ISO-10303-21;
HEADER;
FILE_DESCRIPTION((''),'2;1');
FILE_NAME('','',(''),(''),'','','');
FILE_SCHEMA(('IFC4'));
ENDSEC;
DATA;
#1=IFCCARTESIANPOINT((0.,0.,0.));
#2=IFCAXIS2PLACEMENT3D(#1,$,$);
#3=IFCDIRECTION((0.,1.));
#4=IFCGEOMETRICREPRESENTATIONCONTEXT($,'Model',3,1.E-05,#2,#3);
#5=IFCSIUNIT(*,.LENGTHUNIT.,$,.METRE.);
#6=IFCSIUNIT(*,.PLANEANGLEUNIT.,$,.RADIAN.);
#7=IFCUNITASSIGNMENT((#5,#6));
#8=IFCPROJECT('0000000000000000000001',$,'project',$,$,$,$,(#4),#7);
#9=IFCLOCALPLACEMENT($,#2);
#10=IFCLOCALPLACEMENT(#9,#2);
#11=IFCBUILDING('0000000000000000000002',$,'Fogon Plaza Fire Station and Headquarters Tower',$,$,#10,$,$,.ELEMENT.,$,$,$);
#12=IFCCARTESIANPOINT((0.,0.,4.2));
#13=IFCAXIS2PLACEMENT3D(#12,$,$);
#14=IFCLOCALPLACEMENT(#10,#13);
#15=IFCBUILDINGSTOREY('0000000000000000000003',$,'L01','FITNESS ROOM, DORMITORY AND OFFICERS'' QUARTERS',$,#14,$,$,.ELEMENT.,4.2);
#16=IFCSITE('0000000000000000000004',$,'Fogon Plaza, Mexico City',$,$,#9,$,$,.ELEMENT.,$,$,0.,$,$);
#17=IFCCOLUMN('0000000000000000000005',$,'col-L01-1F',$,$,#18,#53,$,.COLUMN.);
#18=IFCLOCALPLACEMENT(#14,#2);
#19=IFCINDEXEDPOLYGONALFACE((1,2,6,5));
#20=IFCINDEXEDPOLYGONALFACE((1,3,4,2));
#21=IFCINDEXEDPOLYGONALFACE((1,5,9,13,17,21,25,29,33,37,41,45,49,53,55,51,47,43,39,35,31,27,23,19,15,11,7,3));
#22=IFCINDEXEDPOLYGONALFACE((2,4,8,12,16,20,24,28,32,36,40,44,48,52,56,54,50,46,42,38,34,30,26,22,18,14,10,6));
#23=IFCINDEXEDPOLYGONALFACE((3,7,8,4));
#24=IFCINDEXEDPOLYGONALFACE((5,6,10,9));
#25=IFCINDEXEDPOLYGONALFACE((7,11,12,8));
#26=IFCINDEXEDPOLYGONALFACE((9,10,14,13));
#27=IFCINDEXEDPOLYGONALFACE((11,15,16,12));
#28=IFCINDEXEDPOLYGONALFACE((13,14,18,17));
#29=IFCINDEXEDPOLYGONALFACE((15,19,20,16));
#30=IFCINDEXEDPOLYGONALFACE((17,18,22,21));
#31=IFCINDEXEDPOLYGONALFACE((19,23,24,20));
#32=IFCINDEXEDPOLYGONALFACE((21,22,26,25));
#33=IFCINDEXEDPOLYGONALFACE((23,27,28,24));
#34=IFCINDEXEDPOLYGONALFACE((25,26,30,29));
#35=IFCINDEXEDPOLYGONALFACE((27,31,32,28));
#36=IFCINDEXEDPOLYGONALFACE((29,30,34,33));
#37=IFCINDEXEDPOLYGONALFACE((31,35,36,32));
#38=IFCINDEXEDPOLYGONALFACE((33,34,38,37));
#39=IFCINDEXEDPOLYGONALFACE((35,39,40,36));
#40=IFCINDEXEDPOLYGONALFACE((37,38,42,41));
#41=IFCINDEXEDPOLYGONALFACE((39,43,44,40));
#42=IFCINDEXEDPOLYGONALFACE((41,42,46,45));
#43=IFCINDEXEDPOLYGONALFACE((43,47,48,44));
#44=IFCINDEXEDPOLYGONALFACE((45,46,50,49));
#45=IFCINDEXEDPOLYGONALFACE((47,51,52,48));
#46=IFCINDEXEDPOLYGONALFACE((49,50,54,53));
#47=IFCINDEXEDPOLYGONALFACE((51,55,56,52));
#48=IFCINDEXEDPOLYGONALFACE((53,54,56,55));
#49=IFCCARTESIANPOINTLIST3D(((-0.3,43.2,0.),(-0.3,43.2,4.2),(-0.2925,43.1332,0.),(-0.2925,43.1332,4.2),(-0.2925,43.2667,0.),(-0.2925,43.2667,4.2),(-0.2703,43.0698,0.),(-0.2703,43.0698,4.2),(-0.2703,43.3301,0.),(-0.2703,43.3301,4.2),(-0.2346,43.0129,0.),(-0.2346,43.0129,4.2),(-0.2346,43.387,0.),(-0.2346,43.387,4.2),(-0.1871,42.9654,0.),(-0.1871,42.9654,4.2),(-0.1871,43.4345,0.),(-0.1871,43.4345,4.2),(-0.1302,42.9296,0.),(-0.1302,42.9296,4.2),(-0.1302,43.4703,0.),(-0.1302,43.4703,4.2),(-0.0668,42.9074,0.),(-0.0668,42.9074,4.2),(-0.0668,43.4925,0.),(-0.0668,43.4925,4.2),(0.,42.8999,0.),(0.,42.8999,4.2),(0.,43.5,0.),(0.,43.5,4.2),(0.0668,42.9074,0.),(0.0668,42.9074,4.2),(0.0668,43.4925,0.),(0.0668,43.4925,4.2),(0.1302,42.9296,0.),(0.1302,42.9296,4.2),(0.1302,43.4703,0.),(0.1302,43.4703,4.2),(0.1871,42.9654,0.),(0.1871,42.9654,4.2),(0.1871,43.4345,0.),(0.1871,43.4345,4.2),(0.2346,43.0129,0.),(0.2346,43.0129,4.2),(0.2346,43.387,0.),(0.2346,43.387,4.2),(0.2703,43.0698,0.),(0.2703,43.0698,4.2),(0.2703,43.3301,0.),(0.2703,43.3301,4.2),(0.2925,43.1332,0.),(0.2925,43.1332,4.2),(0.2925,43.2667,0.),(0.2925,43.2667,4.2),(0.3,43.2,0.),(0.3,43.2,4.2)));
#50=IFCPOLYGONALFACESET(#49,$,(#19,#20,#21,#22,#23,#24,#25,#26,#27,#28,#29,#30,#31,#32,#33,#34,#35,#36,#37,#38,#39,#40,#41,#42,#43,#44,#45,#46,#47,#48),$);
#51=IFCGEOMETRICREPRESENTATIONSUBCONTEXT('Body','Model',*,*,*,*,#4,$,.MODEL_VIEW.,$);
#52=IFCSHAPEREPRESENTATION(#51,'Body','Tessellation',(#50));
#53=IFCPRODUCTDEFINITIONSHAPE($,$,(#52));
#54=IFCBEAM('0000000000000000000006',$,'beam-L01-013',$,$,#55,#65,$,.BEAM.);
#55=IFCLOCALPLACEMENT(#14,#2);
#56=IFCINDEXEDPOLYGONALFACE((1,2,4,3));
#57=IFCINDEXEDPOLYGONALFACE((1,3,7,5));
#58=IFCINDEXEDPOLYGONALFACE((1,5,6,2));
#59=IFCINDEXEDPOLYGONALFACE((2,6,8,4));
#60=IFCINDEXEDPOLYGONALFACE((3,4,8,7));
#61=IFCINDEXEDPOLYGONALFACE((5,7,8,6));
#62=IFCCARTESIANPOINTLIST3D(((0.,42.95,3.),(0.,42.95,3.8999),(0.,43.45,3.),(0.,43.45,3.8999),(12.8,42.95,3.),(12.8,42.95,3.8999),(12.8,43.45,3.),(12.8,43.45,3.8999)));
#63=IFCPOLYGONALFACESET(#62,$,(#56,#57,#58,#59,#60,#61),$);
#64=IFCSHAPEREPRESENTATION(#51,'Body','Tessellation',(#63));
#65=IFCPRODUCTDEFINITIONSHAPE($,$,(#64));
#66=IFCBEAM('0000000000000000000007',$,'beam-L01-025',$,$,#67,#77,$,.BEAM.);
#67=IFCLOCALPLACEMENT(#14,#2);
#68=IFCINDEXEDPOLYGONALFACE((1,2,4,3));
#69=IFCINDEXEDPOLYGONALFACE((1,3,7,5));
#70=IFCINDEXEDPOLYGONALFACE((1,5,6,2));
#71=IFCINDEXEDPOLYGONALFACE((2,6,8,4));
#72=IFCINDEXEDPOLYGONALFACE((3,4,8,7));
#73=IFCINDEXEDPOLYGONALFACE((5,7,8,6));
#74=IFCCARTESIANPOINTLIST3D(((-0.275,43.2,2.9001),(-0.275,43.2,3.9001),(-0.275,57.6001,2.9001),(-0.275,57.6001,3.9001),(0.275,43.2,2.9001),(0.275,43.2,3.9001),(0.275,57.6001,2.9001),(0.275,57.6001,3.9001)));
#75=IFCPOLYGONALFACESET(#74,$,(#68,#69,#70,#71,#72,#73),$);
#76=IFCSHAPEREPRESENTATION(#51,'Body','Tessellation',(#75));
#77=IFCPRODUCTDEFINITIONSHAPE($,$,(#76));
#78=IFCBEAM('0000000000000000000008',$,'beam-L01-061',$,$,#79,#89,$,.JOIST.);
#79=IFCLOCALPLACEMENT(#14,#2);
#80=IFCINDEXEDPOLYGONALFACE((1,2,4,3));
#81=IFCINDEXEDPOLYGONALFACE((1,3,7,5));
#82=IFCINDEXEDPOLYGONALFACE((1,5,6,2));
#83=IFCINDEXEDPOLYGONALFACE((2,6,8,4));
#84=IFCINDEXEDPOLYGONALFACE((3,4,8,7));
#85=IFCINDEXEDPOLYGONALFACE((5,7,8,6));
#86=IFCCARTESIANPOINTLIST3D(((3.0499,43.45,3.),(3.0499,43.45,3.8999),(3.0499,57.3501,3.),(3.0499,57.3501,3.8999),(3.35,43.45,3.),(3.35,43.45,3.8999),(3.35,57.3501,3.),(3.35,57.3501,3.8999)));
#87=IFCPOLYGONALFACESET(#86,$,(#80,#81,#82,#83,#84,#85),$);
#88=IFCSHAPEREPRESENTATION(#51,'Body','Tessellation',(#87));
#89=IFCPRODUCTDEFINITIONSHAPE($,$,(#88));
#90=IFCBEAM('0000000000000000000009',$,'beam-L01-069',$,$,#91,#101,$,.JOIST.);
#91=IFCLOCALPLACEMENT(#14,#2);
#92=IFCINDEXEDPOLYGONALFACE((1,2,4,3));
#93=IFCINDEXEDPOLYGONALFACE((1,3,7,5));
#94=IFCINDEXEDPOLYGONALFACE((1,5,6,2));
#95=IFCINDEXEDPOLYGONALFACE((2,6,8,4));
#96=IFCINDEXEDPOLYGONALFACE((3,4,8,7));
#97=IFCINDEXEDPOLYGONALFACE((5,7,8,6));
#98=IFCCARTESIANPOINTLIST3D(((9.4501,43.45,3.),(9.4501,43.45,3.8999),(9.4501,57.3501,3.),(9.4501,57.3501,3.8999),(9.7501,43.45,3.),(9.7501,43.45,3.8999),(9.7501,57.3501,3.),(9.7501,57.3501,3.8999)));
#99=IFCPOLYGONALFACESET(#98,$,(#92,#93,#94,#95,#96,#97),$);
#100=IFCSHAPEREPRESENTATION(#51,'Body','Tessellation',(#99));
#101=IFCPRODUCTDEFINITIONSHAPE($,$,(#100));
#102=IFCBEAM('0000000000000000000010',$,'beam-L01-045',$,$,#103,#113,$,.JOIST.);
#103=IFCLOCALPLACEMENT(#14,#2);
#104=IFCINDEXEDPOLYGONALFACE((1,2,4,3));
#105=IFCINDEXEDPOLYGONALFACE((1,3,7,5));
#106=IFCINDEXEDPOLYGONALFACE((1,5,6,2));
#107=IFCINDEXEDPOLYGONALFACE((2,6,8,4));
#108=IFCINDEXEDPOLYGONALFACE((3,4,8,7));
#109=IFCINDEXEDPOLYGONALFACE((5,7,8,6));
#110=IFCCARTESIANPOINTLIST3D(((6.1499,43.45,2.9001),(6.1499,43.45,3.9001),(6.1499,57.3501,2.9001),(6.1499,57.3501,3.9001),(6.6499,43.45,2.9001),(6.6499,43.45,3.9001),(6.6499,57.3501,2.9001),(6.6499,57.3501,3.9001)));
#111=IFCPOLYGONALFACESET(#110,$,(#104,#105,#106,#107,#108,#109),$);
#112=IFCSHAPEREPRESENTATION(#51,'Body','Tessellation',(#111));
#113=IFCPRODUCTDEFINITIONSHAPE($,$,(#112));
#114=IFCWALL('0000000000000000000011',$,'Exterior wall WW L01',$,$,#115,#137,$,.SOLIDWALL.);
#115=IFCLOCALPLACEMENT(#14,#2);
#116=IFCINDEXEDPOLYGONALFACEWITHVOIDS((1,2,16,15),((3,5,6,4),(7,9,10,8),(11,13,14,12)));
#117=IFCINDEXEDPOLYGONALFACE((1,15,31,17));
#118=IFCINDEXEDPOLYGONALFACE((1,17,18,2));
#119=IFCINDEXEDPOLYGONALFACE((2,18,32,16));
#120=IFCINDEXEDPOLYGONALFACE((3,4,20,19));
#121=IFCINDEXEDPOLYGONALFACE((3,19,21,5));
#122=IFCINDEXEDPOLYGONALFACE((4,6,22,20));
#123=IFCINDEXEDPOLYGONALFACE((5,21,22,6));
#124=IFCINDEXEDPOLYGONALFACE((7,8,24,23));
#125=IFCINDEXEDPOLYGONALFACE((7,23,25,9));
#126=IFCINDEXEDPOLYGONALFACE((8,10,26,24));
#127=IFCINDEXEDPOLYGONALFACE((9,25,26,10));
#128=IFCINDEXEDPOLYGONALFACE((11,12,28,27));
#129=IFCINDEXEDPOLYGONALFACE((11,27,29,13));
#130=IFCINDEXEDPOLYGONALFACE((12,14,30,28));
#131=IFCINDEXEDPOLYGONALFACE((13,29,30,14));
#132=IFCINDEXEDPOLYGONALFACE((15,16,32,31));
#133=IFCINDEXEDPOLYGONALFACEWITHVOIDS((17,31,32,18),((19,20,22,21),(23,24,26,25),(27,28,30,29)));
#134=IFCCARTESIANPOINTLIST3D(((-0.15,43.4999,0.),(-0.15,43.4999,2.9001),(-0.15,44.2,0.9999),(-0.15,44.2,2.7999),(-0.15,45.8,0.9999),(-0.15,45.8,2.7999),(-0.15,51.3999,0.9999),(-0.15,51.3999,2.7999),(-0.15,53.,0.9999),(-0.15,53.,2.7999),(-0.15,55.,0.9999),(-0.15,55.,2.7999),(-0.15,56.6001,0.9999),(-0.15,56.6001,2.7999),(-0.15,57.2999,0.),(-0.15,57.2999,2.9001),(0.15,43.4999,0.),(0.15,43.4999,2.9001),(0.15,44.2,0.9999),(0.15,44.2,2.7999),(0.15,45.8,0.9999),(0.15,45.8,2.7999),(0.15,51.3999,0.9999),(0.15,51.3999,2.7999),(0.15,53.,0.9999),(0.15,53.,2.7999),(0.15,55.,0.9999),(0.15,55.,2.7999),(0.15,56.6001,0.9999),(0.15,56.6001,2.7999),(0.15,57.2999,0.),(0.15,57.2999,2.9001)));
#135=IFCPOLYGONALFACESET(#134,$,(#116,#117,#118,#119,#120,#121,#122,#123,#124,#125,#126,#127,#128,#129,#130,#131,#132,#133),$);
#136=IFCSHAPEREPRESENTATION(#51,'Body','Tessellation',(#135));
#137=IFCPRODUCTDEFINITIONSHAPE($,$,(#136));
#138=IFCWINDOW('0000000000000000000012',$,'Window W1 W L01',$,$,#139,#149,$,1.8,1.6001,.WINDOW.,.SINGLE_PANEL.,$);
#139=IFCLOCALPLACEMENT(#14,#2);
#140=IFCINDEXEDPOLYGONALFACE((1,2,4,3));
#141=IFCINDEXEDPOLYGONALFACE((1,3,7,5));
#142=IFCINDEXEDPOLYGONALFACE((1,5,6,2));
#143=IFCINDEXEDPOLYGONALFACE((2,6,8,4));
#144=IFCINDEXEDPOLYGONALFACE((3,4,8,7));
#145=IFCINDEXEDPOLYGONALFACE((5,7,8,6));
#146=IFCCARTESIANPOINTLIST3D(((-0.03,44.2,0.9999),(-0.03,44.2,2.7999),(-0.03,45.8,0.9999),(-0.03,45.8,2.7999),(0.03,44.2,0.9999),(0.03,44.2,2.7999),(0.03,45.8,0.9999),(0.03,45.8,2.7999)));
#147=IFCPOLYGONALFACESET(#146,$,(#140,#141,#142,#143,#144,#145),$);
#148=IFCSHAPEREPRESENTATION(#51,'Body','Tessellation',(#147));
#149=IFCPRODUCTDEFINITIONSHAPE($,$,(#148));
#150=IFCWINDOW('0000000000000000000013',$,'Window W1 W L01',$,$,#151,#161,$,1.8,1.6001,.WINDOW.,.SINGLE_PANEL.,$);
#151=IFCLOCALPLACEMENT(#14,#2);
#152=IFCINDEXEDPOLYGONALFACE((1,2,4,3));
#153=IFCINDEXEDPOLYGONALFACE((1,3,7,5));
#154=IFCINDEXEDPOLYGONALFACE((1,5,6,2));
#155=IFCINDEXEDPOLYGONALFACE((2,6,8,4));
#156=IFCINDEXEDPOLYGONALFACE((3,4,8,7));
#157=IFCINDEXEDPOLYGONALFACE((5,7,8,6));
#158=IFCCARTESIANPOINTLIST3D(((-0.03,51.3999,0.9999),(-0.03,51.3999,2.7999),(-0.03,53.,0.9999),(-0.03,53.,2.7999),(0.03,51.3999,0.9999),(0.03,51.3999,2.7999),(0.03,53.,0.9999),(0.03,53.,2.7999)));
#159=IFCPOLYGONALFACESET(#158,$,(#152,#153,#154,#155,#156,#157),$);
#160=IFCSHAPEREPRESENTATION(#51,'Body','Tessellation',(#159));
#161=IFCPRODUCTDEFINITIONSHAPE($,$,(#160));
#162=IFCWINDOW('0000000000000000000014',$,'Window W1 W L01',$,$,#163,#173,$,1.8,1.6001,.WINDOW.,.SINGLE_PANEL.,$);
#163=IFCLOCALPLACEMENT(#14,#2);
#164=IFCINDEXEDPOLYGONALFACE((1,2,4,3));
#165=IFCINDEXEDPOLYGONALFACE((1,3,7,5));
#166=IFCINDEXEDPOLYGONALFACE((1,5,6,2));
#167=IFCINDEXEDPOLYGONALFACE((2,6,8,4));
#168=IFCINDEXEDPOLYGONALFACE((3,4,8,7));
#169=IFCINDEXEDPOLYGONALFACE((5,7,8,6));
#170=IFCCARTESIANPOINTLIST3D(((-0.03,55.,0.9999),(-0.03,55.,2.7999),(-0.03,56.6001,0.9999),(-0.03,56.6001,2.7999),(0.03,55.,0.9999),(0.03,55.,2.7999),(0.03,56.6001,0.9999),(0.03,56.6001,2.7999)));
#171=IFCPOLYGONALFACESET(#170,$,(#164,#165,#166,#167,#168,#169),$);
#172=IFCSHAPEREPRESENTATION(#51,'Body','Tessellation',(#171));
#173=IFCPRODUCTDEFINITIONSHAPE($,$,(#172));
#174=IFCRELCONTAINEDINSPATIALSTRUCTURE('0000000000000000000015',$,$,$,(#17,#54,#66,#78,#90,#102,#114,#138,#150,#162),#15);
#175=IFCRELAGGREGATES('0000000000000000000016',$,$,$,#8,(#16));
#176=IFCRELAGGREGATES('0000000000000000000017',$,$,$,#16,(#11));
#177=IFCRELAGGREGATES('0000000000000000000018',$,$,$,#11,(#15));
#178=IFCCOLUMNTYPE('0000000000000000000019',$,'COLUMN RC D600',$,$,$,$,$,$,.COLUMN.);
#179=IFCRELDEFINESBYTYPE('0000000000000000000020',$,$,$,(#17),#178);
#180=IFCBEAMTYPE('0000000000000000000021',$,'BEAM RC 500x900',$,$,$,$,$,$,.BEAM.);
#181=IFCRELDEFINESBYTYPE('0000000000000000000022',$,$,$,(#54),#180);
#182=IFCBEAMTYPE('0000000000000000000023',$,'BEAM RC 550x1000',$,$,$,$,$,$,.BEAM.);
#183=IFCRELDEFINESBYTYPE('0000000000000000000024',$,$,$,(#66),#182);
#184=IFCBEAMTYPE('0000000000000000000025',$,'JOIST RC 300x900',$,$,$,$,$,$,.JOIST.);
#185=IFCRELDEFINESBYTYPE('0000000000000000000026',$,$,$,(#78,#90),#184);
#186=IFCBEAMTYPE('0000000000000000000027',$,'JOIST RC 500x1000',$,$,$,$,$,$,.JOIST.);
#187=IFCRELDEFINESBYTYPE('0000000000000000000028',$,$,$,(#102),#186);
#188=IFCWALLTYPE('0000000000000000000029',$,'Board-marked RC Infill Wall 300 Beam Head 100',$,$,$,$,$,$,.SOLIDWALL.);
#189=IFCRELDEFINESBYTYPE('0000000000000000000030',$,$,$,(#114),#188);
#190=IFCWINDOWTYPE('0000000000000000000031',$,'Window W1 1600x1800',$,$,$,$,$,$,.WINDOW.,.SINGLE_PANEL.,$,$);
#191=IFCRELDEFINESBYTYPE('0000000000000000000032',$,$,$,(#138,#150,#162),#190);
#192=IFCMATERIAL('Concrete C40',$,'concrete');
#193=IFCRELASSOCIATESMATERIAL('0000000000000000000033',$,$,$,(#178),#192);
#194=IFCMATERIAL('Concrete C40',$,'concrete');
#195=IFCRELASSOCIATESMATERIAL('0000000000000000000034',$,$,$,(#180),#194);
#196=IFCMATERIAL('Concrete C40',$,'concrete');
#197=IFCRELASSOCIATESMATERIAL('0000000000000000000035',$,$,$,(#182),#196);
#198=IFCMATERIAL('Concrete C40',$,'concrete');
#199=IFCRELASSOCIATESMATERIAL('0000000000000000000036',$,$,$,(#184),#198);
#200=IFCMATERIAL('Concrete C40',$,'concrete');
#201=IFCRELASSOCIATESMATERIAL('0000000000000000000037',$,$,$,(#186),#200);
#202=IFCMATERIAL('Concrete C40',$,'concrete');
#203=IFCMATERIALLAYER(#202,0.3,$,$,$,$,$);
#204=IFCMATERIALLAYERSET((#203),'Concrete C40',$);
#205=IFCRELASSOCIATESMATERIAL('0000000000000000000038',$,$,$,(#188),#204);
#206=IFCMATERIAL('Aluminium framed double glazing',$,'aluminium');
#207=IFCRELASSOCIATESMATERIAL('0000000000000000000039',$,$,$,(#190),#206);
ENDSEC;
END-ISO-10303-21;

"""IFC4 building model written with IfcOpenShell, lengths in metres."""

from ifc_helpers import new_model, si_unit, direction, frame, frame_2d, origin, origin_2d, place, context, subcontext, project, spatial, rectangle, circle, extrude, material, layer, layer_set, material_profile, profile_set, type_object, element, fill, save


model = new_model("IFC4")

# Units and contexts
model_context = context("Model", 3, precision=1e-05, world=origin(), true_north=direction((0.0, 1.0)))
body_context = subcontext(model_context, "Body", "Model", "MODEL_VIEW")
ifc_project = project(units=[si_unit("LENGTHUNIT", "METRE"), si_unit("PLANEANGLEUNIT", "RADIAN")], contexts=[model_context])

# Site, building, storey
site_placement = place(None, origin())
site = spatial("IfcSite", under=ifc_project, at=site_placement, Name="Fogon Plaza, Mexico City", CompositionType="ELEMENT", RefElevation=0.0)
building_placement = place(site_placement, origin())
building = spatial("IfcBuilding", under=site, at=building_placement, Name="Fogon Plaza Fire Station and Headquarters Tower", CompositionType="ELEMENT")
storey_placement = place(building_placement, frame((0.0, 0.0, 4.2)))
storey = spatial("IfcBuildingStorey", under=building, at=storey_placement, Name="L01", Description="FITNESS ROOM, DORMITORY AND OFFICERS' QUARTERS", CompositionType="ELEMENT", Elevation=4.2)

# Column
ifc_material_1 = material(Name="Concrete C40", Category="concrete")
ifc_material_profile_1 = material_profile(ifc_material_1, circle(Radius=0.3, at=origin_2d()), Name="RC D600")
ifc_profile_set_1 = profile_set([ifc_material_profile_1], Name="Concrete C40")
column_type = type_object("IfcColumnType", Name="COLUMN RC D600", PredefinedType="COLUMN", material=ifc_profile_set_1)
column_placement = place(storey_placement, frame((0.0, 43.2, 0.0), z_axis=(0.0, 0.0, 1.0), x_axis=(1.0, 0.0, 0.0)))
element("IfcColumn", 1, at=column_placement, inside=storey, type_object=column_type, Name="col-L01-1F", PredefinedType="COLUMN", context=body_context, shape_type="SweptSolid", body=[
    extrude(circle(Radius=0.3, at=origin_2d()), origin(), (0.0, 0.0, 1.0), 4.2),
])

# Beams
ifc_material_2 = material(Name="Concrete C40", Category="concrete")
ifc_material_profile_2 = material_profile(ifc_material_2, rectangle(XDim=0.5, YDim=0.8999, at=origin_2d()), Name="RC 500x900")
ifc_profile_set_2 = profile_set([ifc_material_profile_2], Name="Concrete C40")
beam_type_1 = type_object("IfcBeamType", Name="BEAM RC 500x900", PredefinedType="BEAM", material=ifc_profile_set_2)
beam_1_placement = place(storey_placement, frame((0.0, 43.2, 3.45), z_axis=(1.0, 0.0, 0.0), x_axis=(0.0, 1.0, 0.0)))
element("IfcBeam", 2, at=beam_1_placement, inside=storey, type_object=beam_type_1, Name="beam-L01-013", PredefinedType="BEAM", context=body_context, shape_type="SweptSolid", body=[
    extrude(rectangle(XDim=0.5, YDim=0.8999, at=origin_2d()), origin(), (0.0, 0.0, 1.0), 12.8),
])
ifc_material_3 = material(Name="Concrete C40", Category="concrete")
ifc_material_profile_3 = material_profile(ifc_material_3, rectangle(XDim=0.55, YDim=1.0, at=origin_2d()), Name="RC 550x1000")
ifc_profile_set_3 = profile_set([ifc_material_profile_3], Name="Concrete C40")
beam_type_2 = type_object("IfcBeamType", Name="BEAM RC 550x1000", PredefinedType="BEAM", material=ifc_profile_set_3)
beam_2_placement = place(storey_placement, frame((0.0, 43.2, 3.4001), z_axis=(0.0, 1.0, 0.0), x_axis=(-1.0, 0.0, 0.0)))
element("IfcBeam", 3, at=beam_2_placement, inside=storey, type_object=beam_type_2, Name="beam-L01-025", PredefinedType="BEAM", context=body_context, shape_type="SweptSolid", body=[
    extrude(rectangle(XDim=0.55, YDim=1.0, at=origin_2d()), origin(), (0.0, 0.0, 1.0), 14.4001),
])
ifc_material_4 = material(Name="Concrete C40", Category="concrete")
ifc_material_profile_4 = material_profile(ifc_material_4, rectangle(XDim=0.3, YDim=0.8999, at=origin_2d()), Name="RC 300x900")
ifc_profile_set_4 = profile_set([ifc_material_profile_4], Name="Concrete C40")
beam_type_3 = type_object("IfcBeamType", Name="JOIST RC 300x900", PredefinedType="JOIST", material=ifc_profile_set_4)
for number, where, z_axis, x_axis, name in (
    (4, (3.2, 43.45, 3.45), (0.0, 1.0, 0.0), (-1.0, 0.0, 0.0), "beam-L01-061"),
    (5, (9.6001, 43.45, 3.45), (0.0, 1.0, 0.0), (-1.0, 0.0, 0.0), "beam-L01-069"),
):
    element("IfcBeam", number, at=place(storey_placement, frame(where, z_axis=z_axis, x_axis=x_axis)), inside=storey, type_object=beam_type_3, Name=name, PredefinedType="JOIST", context=body_context, shape_type="SweptSolid", body=[
        extrude(rectangle(XDim=0.3, YDim=0.8999, at=origin_2d()), origin(), (0.0, 0.0, 1.0), 13.9001),
    ])
ifc_material_5 = material(Name="Concrete C40", Category="concrete")
ifc_material_profile_5 = material_profile(ifc_material_5, rectangle(XDim=0.5, YDim=1.0, at=origin_2d()), Name="RC 500x1000")
ifc_profile_set_5 = profile_set([ifc_material_profile_5], Name="Concrete C40")
beam_type_4 = type_object("IfcBeamType", Name="JOIST RC 500x1000", PredefinedType="JOIST", material=ifc_profile_set_5)
beam_3_placement = place(storey_placement, frame((6.3999, 43.45, 3.4001), z_axis=(0.0, 1.0, 0.0), x_axis=(-1.0, 0.0, 0.0)))
element("IfcBeam", 6, at=beam_3_placement, inside=storey, type_object=beam_type_4, Name="beam-L01-045", PredefinedType="JOIST", context=body_context, shape_type="SweptSolid", body=[
    extrude(rectangle(XDim=0.5, YDim=1.0, at=origin_2d()), origin(), (0.0, 0.0, 1.0), 13.9001),
])

# Wall, openings, windows
ifc_material_6 = material(Name="Concrete C40", Category="concrete")
ifc_layer_1 = layer(ifc_material_6, 0.3)
ifc_layer_set_1 = layer_set([ifc_layer_1], Name="Concrete C40")
wall_type_1 = type_object("IfcWallType", Name="Board-marked RC Infill Wall 300 Beam Head 100", PredefinedType="SOLIDWALL", material=ifc_layer_set_1)
wall_1_placement = place(storey_placement, frame((0.0, 43.5, 0.0), z_axis=(0.0, 0.0, 1.0), x_axis=(0.0, 1.0, 0.0)))
wall_1 = element("IfcWall", 7, at=wall_1_placement, inside=storey, type_object=wall_type_1, Name="Exterior wall WW L01", PredefinedType="SOLIDWALL", context=body_context, shape_type="SweptSolid", body=[
    extrude(rectangle(XDim=13.8, YDim=0.3, at=frame_2d((6.8999, 0.0))), origin(), (0.0, 0.0, 1.0), 2.9001),
])
opening_1_placement = place(wall_1_placement, frame((0.7, 0.0, 1.0)))
opening_1 = element("IfcOpeningElement", 8, at=opening_1_placement, cuts=wall_1, PredefinedType="OPENING", context=body_context, shape_type="SweptSolid", body=[
    extrude(rectangle(XDim=1.6001, YDim=1.8, at=frame_2d((0.8, 0.8999))), frame((0.0, 0.1599, 0.0), z_axis=(0.0, -1.0, 0.0), x_axis=(1.0, 0.0, 0.0)), (0.0, 0.0, 1.0), 0.3201),
])
opening_2_placement = place(wall_1_placement, frame((7.8999, 0.0, 1.0)))
opening_2 = element("IfcOpeningElement", 9, at=opening_2_placement, cuts=wall_1, PredefinedType="OPENING", context=body_context, shape_type="SweptSolid", body=[
    extrude(rectangle(XDim=1.6001, YDim=1.8, at=frame_2d((0.8, 0.8999))), frame((0.0, 0.1599, 0.0), z_axis=(0.0, -1.0, 0.0), x_axis=(1.0, 0.0, 0.0)), (0.0, 0.0, 1.0), 0.3201),
])
opening_3_placement = place(wall_1_placement, frame((11.5, 0.0, 1.0)))
opening_3 = element("IfcOpeningElement", 10, at=opening_3_placement, cuts=wall_1, PredefinedType="OPENING", context=body_context, shape_type="SweptSolid", body=[
    extrude(rectangle(XDim=1.6001, YDim=1.8, at=frame_2d((0.8, 0.8999))), frame((0.0, 0.1599, 0.0), z_axis=(0.0, -1.0, 0.0), x_axis=(1.0, 0.0, 0.0)), (0.0, 0.0, 1.0), 0.3201),
])
ifc_material_7 = material(Name="Aluminium framed double glazing", Category="aluminium")
window_type = type_object("IfcWindowType", Name="Window W1 1600x1800", PartitioningType="SINGLE_PANEL", PredefinedType="WINDOW", material=ifc_material_7)
window_1_placement = place(opening_1_placement, origin())
window_1 = element("IfcWindow", 11, at=window_1_placement, inside=storey, type_object=window_type, Name="Window W1 W L01", OverallHeight=1.8, OverallWidth=1.6001, PartitioningType="SINGLE_PANEL", PredefinedType="WINDOW", context=body_context, shape_type="SweptSolid", body=[
    extrude(rectangle(XDim=1.6001, YDim=1.8, at=frame_2d((0.8, 0.8999))), frame((0.0, 0.03, 0.0), z_axis=(0.0, -1.0, 0.0), x_axis=(1.0, 0.0, 0.0)), (0.0, 0.0, 1.0), 0.0601),
])
fill(opening_1, window_1)
window_2_placement = place(opening_2_placement, origin())
window_2 = element("IfcWindow", 12, at=window_2_placement, inside=storey, type_object=window_type, Name="Window W1 W L01", OverallHeight=1.8, OverallWidth=1.6001, PartitioningType="SINGLE_PANEL", PredefinedType="WINDOW", context=body_context, shape_type="SweptSolid", body=[
    extrude(rectangle(XDim=1.6001, YDim=1.8, at=frame_2d((0.8, 0.8999))), frame((0.0, 0.03, 0.0), z_axis=(0.0, -1.0, 0.0), x_axis=(1.0, 0.0, 0.0)), (0.0, 0.0, 1.0), 0.0601),
])
fill(opening_2, window_2)
window_3_placement = place(opening_3_placement, origin())
window_3 = element("IfcWindow", 13, at=window_3_placement, inside=storey, type_object=window_type, Name="Window W1 W L01", OverallHeight=1.8, OverallWidth=1.6001, PartitioningType="SINGLE_PANEL", PredefinedType="WINDOW", context=body_context, shape_type="SweptSolid", body=[
    extrude(rectangle(XDim=1.6001, YDim=1.8, at=frame_2d((0.8, 0.8999))), frame((0.0, 0.03, 0.0), z_axis=(0.0, -1.0, 0.0), x_axis=(1.0, 0.0, 0.0)), (0.0, 0.0, 1.0), 0.0601),
])
fill(opening_3, window_3)

save(model, "model.ifc")
